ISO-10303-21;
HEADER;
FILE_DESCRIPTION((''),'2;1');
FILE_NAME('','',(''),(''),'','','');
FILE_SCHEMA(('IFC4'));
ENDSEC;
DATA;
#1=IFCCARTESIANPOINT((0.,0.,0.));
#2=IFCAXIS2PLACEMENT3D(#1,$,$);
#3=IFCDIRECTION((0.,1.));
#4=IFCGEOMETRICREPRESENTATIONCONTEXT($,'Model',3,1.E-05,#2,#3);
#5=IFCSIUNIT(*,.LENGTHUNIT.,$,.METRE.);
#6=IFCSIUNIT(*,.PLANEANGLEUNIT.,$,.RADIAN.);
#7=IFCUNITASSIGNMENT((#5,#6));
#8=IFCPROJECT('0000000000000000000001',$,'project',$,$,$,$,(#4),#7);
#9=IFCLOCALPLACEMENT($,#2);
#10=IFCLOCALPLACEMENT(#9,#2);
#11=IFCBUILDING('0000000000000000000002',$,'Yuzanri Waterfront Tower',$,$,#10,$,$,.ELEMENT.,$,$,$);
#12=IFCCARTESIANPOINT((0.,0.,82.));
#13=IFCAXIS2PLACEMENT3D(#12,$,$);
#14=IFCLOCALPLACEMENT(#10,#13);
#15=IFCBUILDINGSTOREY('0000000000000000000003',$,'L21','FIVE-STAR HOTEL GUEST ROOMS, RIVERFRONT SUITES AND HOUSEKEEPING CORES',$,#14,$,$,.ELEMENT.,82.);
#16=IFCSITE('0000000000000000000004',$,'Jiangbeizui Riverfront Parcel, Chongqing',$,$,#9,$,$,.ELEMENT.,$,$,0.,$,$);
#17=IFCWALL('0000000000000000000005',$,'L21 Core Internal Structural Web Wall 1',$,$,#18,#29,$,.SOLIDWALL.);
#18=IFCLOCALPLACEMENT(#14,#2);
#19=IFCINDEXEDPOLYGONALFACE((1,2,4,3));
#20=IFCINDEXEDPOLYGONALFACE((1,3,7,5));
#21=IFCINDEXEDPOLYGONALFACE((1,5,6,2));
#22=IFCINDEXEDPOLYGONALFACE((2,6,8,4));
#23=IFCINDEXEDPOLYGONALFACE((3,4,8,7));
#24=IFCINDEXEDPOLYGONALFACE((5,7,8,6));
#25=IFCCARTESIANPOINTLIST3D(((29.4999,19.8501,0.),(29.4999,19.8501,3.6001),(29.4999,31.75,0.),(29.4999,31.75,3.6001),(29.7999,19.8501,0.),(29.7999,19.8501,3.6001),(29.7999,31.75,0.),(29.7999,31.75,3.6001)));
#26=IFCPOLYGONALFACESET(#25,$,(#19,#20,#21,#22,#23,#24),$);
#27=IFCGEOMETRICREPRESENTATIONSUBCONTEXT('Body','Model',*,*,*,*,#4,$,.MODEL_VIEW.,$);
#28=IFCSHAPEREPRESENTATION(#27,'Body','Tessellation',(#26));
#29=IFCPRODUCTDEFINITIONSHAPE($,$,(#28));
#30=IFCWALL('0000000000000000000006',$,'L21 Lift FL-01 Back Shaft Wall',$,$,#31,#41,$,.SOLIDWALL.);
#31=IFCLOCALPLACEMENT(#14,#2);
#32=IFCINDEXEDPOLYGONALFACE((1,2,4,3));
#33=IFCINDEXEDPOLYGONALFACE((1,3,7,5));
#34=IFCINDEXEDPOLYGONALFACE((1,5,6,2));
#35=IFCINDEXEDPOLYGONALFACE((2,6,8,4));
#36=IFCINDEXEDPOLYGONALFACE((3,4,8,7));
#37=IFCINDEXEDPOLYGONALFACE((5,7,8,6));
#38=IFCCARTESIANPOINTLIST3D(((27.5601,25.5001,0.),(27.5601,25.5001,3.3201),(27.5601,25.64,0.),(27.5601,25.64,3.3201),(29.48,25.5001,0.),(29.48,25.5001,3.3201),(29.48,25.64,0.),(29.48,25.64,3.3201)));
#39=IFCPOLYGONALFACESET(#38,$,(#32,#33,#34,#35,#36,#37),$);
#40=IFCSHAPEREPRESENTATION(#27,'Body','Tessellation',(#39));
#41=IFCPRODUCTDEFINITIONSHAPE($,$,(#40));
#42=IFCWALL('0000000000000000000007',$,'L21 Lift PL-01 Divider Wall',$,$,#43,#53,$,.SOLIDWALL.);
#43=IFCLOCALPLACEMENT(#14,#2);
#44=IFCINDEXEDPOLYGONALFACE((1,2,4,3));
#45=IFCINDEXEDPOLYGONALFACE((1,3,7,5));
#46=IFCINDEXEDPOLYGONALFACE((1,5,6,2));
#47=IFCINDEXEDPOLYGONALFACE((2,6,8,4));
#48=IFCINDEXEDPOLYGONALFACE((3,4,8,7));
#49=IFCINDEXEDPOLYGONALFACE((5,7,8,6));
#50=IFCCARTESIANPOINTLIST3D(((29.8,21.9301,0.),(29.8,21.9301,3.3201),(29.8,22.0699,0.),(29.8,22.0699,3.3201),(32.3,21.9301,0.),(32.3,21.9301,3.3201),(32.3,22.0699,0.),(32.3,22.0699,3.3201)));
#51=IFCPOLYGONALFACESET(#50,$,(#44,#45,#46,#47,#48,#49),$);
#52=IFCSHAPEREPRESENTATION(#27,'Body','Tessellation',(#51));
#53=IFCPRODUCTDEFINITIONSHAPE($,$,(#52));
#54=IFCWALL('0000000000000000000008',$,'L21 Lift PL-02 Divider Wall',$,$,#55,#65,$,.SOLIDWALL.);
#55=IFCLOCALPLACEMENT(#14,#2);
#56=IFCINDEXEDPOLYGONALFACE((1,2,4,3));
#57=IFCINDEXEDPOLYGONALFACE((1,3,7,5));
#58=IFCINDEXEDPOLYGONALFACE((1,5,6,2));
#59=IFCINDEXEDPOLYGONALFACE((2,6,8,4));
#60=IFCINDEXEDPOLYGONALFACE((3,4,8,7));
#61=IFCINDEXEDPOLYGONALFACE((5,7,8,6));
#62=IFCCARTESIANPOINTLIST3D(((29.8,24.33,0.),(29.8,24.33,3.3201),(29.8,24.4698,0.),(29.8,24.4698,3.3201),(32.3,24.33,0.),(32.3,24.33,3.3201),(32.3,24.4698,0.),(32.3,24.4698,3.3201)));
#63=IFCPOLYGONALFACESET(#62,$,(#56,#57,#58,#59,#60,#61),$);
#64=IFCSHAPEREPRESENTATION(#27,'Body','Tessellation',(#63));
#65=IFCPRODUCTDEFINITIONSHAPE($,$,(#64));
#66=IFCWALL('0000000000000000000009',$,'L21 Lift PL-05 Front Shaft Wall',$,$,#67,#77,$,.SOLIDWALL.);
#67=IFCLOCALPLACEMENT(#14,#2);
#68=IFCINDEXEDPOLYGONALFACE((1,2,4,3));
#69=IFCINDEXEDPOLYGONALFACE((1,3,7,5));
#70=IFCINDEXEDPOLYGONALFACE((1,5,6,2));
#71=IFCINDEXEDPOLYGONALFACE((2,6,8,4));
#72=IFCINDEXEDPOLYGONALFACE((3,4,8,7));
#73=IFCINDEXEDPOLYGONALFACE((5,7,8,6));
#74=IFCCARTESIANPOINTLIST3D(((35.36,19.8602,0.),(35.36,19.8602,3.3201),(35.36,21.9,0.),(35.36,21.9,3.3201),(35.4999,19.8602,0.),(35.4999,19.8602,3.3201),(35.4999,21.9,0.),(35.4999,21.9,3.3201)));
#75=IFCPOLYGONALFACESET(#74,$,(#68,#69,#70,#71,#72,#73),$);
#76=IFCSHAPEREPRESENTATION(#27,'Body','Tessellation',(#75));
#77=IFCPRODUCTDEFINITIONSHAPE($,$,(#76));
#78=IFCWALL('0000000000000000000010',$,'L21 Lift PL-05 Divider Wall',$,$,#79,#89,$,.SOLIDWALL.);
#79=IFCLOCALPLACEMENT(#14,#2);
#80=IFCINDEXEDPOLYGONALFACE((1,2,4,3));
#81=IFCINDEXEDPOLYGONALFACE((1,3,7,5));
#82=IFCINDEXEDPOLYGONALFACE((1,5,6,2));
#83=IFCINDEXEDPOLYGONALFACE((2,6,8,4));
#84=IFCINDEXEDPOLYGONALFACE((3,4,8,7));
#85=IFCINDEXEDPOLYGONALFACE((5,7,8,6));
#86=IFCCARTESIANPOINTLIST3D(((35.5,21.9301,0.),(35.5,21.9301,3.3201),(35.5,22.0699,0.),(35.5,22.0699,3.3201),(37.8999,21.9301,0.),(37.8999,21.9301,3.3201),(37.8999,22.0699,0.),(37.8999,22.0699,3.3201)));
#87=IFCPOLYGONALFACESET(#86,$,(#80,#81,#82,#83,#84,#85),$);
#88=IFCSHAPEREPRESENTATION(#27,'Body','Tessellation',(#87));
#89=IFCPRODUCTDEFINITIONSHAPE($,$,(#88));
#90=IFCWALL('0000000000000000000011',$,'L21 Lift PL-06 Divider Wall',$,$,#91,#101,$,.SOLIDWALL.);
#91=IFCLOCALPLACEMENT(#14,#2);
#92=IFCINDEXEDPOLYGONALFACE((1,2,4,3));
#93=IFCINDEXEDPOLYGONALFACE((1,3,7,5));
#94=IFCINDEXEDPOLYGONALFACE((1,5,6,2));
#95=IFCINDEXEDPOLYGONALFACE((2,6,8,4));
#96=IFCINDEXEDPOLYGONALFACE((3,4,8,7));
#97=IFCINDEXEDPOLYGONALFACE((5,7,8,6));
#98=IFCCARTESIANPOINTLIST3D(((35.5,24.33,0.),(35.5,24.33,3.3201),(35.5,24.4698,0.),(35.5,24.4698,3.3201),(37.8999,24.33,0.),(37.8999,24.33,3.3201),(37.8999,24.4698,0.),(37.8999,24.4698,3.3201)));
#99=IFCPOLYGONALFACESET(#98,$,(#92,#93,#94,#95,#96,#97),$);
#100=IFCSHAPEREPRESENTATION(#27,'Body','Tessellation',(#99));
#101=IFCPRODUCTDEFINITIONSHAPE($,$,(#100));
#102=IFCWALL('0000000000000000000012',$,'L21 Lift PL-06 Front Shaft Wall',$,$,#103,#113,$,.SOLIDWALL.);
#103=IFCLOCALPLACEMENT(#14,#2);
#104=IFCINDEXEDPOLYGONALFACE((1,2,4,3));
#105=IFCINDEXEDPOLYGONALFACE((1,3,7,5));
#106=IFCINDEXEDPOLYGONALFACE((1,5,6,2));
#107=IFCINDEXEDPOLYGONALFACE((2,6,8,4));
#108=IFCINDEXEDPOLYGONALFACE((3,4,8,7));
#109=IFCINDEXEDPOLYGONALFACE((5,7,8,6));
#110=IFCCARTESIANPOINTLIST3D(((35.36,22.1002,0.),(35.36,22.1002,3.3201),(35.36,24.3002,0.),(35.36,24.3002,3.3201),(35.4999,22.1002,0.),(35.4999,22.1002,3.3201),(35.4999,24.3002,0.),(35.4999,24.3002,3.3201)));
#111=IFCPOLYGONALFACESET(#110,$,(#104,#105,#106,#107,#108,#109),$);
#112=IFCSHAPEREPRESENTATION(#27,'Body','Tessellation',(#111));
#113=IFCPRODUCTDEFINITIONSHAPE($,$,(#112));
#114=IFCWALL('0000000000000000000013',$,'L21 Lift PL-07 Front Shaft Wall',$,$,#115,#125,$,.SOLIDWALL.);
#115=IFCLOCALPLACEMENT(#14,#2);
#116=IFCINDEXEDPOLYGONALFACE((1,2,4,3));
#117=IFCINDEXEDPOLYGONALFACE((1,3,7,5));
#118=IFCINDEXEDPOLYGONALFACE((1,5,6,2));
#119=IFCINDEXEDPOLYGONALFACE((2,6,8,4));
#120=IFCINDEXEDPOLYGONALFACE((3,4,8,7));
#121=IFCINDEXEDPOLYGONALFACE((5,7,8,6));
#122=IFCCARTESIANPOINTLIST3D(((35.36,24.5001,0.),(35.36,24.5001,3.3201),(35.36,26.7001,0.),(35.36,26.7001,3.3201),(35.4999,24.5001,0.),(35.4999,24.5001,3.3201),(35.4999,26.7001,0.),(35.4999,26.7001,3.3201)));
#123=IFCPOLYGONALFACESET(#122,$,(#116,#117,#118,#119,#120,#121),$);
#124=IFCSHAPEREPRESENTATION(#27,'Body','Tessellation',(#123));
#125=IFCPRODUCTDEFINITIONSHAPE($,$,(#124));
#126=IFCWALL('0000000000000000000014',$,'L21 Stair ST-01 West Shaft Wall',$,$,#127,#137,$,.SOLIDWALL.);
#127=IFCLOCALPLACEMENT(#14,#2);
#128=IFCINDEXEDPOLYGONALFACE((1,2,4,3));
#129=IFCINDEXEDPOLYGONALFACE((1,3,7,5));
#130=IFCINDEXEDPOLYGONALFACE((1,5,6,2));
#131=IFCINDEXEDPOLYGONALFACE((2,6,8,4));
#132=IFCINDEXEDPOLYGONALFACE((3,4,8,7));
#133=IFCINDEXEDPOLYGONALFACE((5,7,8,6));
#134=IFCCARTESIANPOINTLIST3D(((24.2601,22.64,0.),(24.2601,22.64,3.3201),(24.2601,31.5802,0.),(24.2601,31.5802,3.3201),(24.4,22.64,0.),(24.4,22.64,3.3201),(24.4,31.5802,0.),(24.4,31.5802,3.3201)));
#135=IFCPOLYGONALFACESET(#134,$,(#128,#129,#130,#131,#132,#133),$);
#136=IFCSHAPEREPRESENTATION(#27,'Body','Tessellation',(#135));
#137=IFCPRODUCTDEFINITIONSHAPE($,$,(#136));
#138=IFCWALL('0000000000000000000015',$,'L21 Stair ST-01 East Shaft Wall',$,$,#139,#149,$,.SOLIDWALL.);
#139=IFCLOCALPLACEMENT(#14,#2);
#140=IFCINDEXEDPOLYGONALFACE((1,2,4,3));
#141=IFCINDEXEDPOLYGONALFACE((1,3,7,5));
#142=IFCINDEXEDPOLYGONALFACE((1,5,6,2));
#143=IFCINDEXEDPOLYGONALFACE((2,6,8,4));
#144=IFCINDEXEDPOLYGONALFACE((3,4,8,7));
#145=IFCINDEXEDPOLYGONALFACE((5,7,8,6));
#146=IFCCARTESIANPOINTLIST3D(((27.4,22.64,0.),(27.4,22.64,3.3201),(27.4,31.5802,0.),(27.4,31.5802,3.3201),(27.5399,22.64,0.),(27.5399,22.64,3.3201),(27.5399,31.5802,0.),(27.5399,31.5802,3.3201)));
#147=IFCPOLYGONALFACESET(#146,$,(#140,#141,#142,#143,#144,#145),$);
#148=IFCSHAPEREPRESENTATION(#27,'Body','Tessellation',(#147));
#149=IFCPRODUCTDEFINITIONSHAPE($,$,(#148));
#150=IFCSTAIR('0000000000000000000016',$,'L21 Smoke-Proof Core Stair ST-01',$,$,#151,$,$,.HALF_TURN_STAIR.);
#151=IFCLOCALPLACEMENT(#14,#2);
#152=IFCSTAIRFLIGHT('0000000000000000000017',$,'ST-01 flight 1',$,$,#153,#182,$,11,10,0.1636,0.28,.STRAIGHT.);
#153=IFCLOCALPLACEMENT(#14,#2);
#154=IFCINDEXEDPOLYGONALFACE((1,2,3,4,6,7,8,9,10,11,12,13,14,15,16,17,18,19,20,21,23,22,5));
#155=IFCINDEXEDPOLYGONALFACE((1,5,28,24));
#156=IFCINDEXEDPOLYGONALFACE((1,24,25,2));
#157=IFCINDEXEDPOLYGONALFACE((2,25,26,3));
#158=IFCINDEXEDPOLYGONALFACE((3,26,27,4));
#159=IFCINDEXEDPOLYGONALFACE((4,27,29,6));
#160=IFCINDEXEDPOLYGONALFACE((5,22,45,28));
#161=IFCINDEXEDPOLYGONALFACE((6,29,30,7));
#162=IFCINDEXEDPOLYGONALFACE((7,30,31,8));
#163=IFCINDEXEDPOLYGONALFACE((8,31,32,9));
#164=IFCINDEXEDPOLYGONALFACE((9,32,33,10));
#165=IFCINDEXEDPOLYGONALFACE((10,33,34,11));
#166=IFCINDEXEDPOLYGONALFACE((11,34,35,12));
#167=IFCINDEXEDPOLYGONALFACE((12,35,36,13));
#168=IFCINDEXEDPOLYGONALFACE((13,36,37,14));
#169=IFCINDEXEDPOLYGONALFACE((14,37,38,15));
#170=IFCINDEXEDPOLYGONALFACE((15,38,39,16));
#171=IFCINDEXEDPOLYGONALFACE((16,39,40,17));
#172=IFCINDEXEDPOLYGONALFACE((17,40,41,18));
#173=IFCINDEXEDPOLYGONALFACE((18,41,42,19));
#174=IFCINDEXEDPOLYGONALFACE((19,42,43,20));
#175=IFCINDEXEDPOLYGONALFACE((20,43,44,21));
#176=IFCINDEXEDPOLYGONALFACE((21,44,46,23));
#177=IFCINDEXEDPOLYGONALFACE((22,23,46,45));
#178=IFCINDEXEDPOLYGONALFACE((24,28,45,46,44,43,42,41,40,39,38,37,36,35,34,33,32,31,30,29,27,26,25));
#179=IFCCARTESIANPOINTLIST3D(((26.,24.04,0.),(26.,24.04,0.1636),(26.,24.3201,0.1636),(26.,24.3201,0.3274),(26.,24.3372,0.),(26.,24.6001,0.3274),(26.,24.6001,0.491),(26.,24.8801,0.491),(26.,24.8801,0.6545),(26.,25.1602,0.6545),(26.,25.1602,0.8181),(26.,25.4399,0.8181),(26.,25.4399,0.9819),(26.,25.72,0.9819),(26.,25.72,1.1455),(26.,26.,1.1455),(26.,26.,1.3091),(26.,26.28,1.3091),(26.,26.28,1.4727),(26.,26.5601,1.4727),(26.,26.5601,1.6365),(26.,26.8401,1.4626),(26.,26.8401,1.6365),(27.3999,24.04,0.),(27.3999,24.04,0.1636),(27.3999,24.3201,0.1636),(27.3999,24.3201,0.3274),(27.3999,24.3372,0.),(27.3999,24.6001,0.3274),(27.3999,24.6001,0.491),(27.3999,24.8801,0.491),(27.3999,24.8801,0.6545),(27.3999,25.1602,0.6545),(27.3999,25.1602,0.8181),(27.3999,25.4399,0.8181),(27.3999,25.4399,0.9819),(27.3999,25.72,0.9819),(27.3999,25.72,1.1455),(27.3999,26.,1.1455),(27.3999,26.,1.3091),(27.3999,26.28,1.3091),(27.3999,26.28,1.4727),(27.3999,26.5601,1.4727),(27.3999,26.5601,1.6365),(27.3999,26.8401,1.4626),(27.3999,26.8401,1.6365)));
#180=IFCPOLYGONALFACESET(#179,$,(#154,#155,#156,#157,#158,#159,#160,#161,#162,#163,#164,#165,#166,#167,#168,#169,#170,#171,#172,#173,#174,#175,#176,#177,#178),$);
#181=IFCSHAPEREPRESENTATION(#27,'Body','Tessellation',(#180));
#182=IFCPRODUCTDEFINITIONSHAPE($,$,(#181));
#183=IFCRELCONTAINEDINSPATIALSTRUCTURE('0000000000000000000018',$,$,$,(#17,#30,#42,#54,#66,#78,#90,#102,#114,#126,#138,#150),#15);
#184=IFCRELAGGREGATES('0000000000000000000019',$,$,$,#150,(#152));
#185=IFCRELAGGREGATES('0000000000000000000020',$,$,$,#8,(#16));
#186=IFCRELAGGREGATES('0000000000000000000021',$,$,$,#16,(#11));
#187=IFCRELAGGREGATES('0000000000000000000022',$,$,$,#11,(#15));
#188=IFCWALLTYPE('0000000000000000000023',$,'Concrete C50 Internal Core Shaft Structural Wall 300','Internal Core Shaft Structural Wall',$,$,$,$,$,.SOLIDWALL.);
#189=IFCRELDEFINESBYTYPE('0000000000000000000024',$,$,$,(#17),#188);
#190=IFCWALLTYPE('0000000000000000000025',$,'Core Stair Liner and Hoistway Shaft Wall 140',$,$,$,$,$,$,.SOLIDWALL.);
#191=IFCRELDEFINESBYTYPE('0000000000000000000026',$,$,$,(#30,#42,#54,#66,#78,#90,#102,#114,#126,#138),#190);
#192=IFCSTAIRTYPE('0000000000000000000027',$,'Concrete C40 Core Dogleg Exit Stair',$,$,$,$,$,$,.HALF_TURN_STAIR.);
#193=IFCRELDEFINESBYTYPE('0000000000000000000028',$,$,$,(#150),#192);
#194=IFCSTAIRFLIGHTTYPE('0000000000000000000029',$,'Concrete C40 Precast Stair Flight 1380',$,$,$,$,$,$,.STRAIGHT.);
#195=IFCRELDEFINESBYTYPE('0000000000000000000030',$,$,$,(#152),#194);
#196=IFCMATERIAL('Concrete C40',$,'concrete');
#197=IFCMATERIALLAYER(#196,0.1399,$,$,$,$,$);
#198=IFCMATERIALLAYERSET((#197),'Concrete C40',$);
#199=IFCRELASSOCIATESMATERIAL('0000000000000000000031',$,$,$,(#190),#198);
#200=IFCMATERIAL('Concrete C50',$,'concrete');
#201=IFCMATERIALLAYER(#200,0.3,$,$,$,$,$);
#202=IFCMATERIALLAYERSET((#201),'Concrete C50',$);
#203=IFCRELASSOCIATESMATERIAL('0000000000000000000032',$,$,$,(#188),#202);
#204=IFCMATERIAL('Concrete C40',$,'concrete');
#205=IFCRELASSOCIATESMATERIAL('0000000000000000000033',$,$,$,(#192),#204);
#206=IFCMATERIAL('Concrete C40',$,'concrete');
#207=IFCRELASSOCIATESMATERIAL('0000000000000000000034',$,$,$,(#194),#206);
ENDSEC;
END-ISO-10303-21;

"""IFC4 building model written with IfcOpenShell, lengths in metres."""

from ifc_helpers import new_model, si_unit, direction, frame, frame_2d, origin, place, context, subcontext, project, spatial, polyline, rectangle, outline, extrude, source, transform, mapped, material, layer, layer_set, type_object, element, aggregate, save


model = new_model("IFC4")

# Units and contexts
model_context = context("Model", 3, precision=1e-05, world=origin(), true_north=direction((0.0, 1.0)))
body_context = subcontext(model_context, "Body", "Model", "MODEL_VIEW")
ifc_project = project(units=[si_unit("LENGTHUNIT", "METRE"), si_unit("PLANEANGLEUNIT", "RADIAN")], contexts=[model_context])

# Site, building, storey
site_placement = place(None, origin())
site = spatial("IfcSite", under=ifc_project, at=site_placement, Name="Jiangbeizui Riverfront Parcel, Chongqing", CompositionType="ELEMENT", RefElevation=0.0)
building_placement = place(site_placement, origin())
building = spatial("IfcBuilding", under=site, at=building_placement, Name="Yuzanri Waterfront Tower", CompositionType="ELEMENT")
storey_placement = place(building_placement, frame((0.0, 0.0, 82.0)))
storey = spatial("IfcBuildingStorey", under=building, at=storey_placement, Name="L21", Description="FIVE-STAR HOTEL GUEST ROOMS, RIVERFRONT SUITES AND HOUSEKEEPING CORES", CompositionType="ELEMENT", Elevation=82.0)

# Shared definitions
ifc_material_1 = material(Name="Concrete C40", Category="concrete")
ifc_layer_1 = layer(ifc_material_1, 0.1399)
ifc_layer_set_1 = layer_set([ifc_layer_1], Name="Concrete C40")
wall_type_1 = type_object("IfcWallType", Name="Core Stair Liner and Hoistway Shaft Wall 140", PredefinedType="SOLIDWALL", material=ifc_layer_set_1)

# Walls
ifc_material_2 = material(Name="Concrete C50", Category="concrete")
ifc_layer_2 = layer(ifc_material_2, 0.3)
ifc_layer_set_2 = layer_set([ifc_layer_2], Name="Concrete C50")
wall_type_2 = type_object("IfcWallType", Name="Concrete C50 Internal Core Shaft Structural Wall 300", Description="Internal Core Shaft Structural Wall", PredefinedType="SOLIDWALL", material=ifc_layer_set_2)
shared_shape_1 = source(origin(), body_context, "Body", "SweptSolid", [
    extrude(rectangle(XDim=11.8999, YDim=0.3, at=frame_2d((5.95, 0.0))), origin(), (0.0, 0.0, 1.0), 3.6001),
])
wall_1_placement = place(storey_placement, frame((29.6499, 19.8501, 0.0), z_axis=(0.0, 0.0, 1.0), x_axis=(0.0, 1.0, 0.0)))
element("IfcWall", 1, at=wall_1_placement, inside=storey, type_object=wall_type_2, Name="L21 Core Internal Structural Web Wall 1", PredefinedType="SOLIDWALL", context=body_context, shape_type="MappedRepresentation", body=[
    mapped(shared_shape_1, transform((0.0, 0.0, 0.0), scale=1.0)),
])
shared_shape_2 = source(origin(), body_context, "Body", "SweptSolid", [
    extrude(rectangle(XDim=1.9199, YDim=0.1399, at=frame_2d((0.96, 0.0))), origin(), (0.0, 0.0, 1.0), 3.3201),
])
wall_2_placement = place(storey_placement, frame((27.5601, 25.5701, 0.0), z_axis=(0.0, 0.0, 1.0), x_axis=(1.0, 0.0, 0.0)))
element("IfcWall", 2, at=wall_2_placement, inside=storey, type_object=wall_type_1, Name="L21 Lift FL-01 Back Shaft Wall", PredefinedType="SOLIDWALL", context=body_context, shape_type="MappedRepresentation", body=[
    mapped(shared_shape_2, transform((0.0, 0.0, 0.0), scale=1.0)),
])
shared_shape_3 = source(origin(), body_context, "Body", "SweptSolid", [
    extrude(rectangle(XDim=2.5, YDim=0.1399, at=frame_2d((1.25, 0.0))), origin(), (0.0, 0.0, 1.0), 3.3201),
])
for number, where, z_axis, x_axis, name in (
    (3, (29.8, 22.0, 0.0), (0.0, 0.0, 1.0), (1.0, 0.0, 0.0), "L21 Lift PL-01 Divider Wall"),
    (4, (29.8, 24.3999, 0.0), (0.0, 0.0, 1.0), (1.0, 0.0, 0.0), "L21 Lift PL-02 Divider Wall"),
):
    element("IfcWall", number, at=place(storey_placement, frame(where, z_axis=z_axis, x_axis=x_axis)), inside=storey, type_object=wall_type_1, Name=name, PredefinedType="SOLIDWALL", context=body_context, shape_type="MappedRepresentation", body=[
        mapped(shared_shape_3, transform((0.0, 0.0, 0.0), scale=1.0)),
    ])
shared_shape_4 = source(origin(), body_context, "Body", "SweptSolid", [
    extrude(rectangle(XDim=2.0398, YDim=0.1399, at=frame_2d((1.02, 0.0))), origin(), (0.0, 0.0, 1.0), 3.3201),
])
wall_3_placement = place(storey_placement, frame((35.4299, 19.8601, 0.0), z_axis=(0.0, 0.0, 1.0), x_axis=(0.0, 1.0, 0.0)))
element("IfcWall", 5, at=wall_3_placement, inside=storey, type_object=wall_type_1, Name="L21 Lift PL-05 Front Shaft Wall", PredefinedType="SOLIDWALL", context=body_context, shape_type="MappedRepresentation", body=[
    mapped(shared_shape_4, transform((0.0, 0.0, 0.0), scale=1.0)),
])
shared_shape_5 = source(origin(), body_context, "Body", "SweptSolid", [
    extrude(rectangle(XDim=2.3999, YDim=0.1399, at=frame_2d((1.2, 0.0))), origin(), (0.0, 0.0, 1.0), 3.3201),
])
for number, where, z_axis, x_axis, name in (
    (6, (35.5, 22.0, 0.0), (0.0, 0.0, 1.0), (1.0, 0.0, 0.0), "L21 Lift PL-05 Divider Wall"),
    (7, (35.5, 24.3999, 0.0), (0.0, 0.0, 1.0), (1.0, 0.0, 0.0), "L21 Lift PL-06 Divider Wall"),
):
    element("IfcWall", number, at=place(storey_placement, frame(where, z_axis=z_axis, x_axis=x_axis)), inside=storey, type_object=wall_type_1, Name=name, PredefinedType="SOLIDWALL", context=body_context, shape_type="MappedRepresentation", body=[
        mapped(shared_shape_5, transform((0.0, 0.0, 0.0), scale=1.0)),
    ])
shared_shape_6 = source(origin(), body_context, "Body", "SweptSolid", [
    extrude(rectangle(XDim=2.2, YDim=0.1399, at=frame_2d((1.1001, 0.0))), origin(), (0.0, 0.0, 1.0), 3.3201),
])
for number, where, z_axis, x_axis, name in (
    (8, (35.4299, 22.1001, 0.0), (0.0, 0.0, 1.0), (0.0, 1.0, 0.0), "L21 Lift PL-06 Front Shaft Wall"),
    (9, (35.4299, 24.5, 0.0), (0.0, 0.0, 1.0), (0.0, 1.0, 0.0), "L21 Lift PL-07 Front Shaft Wall"),
):
    element("IfcWall", number, at=place(storey_placement, frame(where, z_axis=z_axis, x_axis=x_axis)), inside=storey, type_object=wall_type_1, Name=name, PredefinedType="SOLIDWALL", context=body_context, shape_type="MappedRepresentation", body=[
        mapped(shared_shape_6, transform((0.0, 0.0, 0.0), scale=1.0)),
    ])
shared_shape_7 = source(origin(), body_context, "Body", "SweptSolid", [
    extrude(rectangle(XDim=8.9402, YDim=0.1399, at=frame_2d((4.4702, 0.0))), origin(), (0.0, 0.0, 1.0), 3.3201),
])
for number, where, z_axis, x_axis, name in (
    (10, (24.3301, 22.6399, 0.0), (0.0, 0.0, 1.0), (0.0, 1.0, 0.0), "L21 Stair ST-01 West Shaft Wall"),
    (11, (27.47, 22.6399, 0.0), (0.0, 0.0, 1.0), (0.0, 1.0, 0.0), "L21 Stair ST-01 East Shaft Wall"),
):
    element("IfcWall", number, at=place(storey_placement, frame(where, z_axis=z_axis, x_axis=x_axis)), inside=storey, type_object=wall_type_1, Name=name, PredefinedType="SOLIDWALL", context=body_context, shape_type="MappedRepresentation", body=[
        mapped(shared_shape_7, transform((0.0, 0.0, 0.0), scale=1.0)),
    ])

# Stair, stair flight
ifc_material_3 = material(Name="Concrete C40", Category="concrete")
stair_type = type_object("IfcStairType", Name="Concrete C40 Core Dogleg Exit Stair", PredefinedType="HALF_TURN_STAIR", material=ifc_material_3)
stair_placement = place(storey_placement, origin())
stair = element("IfcStair", 12, at=stair_placement, inside=storey, type_object=stair_type, Name="L21 Smoke-Proof Core Stair ST-01", PredefinedType="HALF_TURN_STAIR")
ifc_material_4 = material(Name="Concrete C40", Category="concrete")
stair_flight_type = type_object("IfcStairFlightType", Name="Concrete C40 Precast Stair Flight 1380", PredefinedType="STRAIGHT", material=ifc_material_4)
shared_shape_8 = source(origin(), body_context, "Body", "SweptSolid", [
    extrude(outline(polyline([(0.0, 0.0), (0.0, 0.1636), (0.28, 0.1636), (0.28, 0.3274), (0.5601, 0.3274), (0.5601, 0.491), (0.8401, 0.491), (0.8401, 0.6545), (1.1201, 0.6545), (1.1201, 0.8181), (1.3999, 0.8181), (1.3999, 0.9819), (1.6799, 0.9819), (1.6799, 1.1455), (1.96, 1.1455), (1.96, 1.3091), (2.24, 1.3091), (2.24, 1.4727), (2.52, 1.4727), (2.52, 1.6365), (2.8, 1.6365), (2.8, 1.8), (2.8, 1.4626), (0.2971, 0.0), (0.0, 0.0)])), frame((0.0, 0.7, 0.0), z_axis=(0.0, -1.0, 0.0), x_axis=(1.0, 0.0, 0.0)), (0.0, 0.0, 1.0), 1.3999),
])
stair_flight_placement = place(storey_placement, frame((26.7, 24.04, 0.0), z_axis=(0.0, 0.0, 1.0), x_axis=(0.0, 1.0, 0.0)))
stair_flight = element("IfcStairFlight", 13, at=stair_flight_placement, type_object=stair_flight_type, Name="ST-01 flight 1", NumberOfRisers=11, NumberOfTreads=10, PredefinedType="STRAIGHT", RiserHeight=0.1636, TreadLength=0.28, context=body_context, shape_type="MappedRepresentation", body=[
    mapped(shared_shape_8, transform((0.0, 0.0, 0.0), scale=1.0)),
])
aggregate(stair, [stair_flight])

save(model, "model.ifc")
